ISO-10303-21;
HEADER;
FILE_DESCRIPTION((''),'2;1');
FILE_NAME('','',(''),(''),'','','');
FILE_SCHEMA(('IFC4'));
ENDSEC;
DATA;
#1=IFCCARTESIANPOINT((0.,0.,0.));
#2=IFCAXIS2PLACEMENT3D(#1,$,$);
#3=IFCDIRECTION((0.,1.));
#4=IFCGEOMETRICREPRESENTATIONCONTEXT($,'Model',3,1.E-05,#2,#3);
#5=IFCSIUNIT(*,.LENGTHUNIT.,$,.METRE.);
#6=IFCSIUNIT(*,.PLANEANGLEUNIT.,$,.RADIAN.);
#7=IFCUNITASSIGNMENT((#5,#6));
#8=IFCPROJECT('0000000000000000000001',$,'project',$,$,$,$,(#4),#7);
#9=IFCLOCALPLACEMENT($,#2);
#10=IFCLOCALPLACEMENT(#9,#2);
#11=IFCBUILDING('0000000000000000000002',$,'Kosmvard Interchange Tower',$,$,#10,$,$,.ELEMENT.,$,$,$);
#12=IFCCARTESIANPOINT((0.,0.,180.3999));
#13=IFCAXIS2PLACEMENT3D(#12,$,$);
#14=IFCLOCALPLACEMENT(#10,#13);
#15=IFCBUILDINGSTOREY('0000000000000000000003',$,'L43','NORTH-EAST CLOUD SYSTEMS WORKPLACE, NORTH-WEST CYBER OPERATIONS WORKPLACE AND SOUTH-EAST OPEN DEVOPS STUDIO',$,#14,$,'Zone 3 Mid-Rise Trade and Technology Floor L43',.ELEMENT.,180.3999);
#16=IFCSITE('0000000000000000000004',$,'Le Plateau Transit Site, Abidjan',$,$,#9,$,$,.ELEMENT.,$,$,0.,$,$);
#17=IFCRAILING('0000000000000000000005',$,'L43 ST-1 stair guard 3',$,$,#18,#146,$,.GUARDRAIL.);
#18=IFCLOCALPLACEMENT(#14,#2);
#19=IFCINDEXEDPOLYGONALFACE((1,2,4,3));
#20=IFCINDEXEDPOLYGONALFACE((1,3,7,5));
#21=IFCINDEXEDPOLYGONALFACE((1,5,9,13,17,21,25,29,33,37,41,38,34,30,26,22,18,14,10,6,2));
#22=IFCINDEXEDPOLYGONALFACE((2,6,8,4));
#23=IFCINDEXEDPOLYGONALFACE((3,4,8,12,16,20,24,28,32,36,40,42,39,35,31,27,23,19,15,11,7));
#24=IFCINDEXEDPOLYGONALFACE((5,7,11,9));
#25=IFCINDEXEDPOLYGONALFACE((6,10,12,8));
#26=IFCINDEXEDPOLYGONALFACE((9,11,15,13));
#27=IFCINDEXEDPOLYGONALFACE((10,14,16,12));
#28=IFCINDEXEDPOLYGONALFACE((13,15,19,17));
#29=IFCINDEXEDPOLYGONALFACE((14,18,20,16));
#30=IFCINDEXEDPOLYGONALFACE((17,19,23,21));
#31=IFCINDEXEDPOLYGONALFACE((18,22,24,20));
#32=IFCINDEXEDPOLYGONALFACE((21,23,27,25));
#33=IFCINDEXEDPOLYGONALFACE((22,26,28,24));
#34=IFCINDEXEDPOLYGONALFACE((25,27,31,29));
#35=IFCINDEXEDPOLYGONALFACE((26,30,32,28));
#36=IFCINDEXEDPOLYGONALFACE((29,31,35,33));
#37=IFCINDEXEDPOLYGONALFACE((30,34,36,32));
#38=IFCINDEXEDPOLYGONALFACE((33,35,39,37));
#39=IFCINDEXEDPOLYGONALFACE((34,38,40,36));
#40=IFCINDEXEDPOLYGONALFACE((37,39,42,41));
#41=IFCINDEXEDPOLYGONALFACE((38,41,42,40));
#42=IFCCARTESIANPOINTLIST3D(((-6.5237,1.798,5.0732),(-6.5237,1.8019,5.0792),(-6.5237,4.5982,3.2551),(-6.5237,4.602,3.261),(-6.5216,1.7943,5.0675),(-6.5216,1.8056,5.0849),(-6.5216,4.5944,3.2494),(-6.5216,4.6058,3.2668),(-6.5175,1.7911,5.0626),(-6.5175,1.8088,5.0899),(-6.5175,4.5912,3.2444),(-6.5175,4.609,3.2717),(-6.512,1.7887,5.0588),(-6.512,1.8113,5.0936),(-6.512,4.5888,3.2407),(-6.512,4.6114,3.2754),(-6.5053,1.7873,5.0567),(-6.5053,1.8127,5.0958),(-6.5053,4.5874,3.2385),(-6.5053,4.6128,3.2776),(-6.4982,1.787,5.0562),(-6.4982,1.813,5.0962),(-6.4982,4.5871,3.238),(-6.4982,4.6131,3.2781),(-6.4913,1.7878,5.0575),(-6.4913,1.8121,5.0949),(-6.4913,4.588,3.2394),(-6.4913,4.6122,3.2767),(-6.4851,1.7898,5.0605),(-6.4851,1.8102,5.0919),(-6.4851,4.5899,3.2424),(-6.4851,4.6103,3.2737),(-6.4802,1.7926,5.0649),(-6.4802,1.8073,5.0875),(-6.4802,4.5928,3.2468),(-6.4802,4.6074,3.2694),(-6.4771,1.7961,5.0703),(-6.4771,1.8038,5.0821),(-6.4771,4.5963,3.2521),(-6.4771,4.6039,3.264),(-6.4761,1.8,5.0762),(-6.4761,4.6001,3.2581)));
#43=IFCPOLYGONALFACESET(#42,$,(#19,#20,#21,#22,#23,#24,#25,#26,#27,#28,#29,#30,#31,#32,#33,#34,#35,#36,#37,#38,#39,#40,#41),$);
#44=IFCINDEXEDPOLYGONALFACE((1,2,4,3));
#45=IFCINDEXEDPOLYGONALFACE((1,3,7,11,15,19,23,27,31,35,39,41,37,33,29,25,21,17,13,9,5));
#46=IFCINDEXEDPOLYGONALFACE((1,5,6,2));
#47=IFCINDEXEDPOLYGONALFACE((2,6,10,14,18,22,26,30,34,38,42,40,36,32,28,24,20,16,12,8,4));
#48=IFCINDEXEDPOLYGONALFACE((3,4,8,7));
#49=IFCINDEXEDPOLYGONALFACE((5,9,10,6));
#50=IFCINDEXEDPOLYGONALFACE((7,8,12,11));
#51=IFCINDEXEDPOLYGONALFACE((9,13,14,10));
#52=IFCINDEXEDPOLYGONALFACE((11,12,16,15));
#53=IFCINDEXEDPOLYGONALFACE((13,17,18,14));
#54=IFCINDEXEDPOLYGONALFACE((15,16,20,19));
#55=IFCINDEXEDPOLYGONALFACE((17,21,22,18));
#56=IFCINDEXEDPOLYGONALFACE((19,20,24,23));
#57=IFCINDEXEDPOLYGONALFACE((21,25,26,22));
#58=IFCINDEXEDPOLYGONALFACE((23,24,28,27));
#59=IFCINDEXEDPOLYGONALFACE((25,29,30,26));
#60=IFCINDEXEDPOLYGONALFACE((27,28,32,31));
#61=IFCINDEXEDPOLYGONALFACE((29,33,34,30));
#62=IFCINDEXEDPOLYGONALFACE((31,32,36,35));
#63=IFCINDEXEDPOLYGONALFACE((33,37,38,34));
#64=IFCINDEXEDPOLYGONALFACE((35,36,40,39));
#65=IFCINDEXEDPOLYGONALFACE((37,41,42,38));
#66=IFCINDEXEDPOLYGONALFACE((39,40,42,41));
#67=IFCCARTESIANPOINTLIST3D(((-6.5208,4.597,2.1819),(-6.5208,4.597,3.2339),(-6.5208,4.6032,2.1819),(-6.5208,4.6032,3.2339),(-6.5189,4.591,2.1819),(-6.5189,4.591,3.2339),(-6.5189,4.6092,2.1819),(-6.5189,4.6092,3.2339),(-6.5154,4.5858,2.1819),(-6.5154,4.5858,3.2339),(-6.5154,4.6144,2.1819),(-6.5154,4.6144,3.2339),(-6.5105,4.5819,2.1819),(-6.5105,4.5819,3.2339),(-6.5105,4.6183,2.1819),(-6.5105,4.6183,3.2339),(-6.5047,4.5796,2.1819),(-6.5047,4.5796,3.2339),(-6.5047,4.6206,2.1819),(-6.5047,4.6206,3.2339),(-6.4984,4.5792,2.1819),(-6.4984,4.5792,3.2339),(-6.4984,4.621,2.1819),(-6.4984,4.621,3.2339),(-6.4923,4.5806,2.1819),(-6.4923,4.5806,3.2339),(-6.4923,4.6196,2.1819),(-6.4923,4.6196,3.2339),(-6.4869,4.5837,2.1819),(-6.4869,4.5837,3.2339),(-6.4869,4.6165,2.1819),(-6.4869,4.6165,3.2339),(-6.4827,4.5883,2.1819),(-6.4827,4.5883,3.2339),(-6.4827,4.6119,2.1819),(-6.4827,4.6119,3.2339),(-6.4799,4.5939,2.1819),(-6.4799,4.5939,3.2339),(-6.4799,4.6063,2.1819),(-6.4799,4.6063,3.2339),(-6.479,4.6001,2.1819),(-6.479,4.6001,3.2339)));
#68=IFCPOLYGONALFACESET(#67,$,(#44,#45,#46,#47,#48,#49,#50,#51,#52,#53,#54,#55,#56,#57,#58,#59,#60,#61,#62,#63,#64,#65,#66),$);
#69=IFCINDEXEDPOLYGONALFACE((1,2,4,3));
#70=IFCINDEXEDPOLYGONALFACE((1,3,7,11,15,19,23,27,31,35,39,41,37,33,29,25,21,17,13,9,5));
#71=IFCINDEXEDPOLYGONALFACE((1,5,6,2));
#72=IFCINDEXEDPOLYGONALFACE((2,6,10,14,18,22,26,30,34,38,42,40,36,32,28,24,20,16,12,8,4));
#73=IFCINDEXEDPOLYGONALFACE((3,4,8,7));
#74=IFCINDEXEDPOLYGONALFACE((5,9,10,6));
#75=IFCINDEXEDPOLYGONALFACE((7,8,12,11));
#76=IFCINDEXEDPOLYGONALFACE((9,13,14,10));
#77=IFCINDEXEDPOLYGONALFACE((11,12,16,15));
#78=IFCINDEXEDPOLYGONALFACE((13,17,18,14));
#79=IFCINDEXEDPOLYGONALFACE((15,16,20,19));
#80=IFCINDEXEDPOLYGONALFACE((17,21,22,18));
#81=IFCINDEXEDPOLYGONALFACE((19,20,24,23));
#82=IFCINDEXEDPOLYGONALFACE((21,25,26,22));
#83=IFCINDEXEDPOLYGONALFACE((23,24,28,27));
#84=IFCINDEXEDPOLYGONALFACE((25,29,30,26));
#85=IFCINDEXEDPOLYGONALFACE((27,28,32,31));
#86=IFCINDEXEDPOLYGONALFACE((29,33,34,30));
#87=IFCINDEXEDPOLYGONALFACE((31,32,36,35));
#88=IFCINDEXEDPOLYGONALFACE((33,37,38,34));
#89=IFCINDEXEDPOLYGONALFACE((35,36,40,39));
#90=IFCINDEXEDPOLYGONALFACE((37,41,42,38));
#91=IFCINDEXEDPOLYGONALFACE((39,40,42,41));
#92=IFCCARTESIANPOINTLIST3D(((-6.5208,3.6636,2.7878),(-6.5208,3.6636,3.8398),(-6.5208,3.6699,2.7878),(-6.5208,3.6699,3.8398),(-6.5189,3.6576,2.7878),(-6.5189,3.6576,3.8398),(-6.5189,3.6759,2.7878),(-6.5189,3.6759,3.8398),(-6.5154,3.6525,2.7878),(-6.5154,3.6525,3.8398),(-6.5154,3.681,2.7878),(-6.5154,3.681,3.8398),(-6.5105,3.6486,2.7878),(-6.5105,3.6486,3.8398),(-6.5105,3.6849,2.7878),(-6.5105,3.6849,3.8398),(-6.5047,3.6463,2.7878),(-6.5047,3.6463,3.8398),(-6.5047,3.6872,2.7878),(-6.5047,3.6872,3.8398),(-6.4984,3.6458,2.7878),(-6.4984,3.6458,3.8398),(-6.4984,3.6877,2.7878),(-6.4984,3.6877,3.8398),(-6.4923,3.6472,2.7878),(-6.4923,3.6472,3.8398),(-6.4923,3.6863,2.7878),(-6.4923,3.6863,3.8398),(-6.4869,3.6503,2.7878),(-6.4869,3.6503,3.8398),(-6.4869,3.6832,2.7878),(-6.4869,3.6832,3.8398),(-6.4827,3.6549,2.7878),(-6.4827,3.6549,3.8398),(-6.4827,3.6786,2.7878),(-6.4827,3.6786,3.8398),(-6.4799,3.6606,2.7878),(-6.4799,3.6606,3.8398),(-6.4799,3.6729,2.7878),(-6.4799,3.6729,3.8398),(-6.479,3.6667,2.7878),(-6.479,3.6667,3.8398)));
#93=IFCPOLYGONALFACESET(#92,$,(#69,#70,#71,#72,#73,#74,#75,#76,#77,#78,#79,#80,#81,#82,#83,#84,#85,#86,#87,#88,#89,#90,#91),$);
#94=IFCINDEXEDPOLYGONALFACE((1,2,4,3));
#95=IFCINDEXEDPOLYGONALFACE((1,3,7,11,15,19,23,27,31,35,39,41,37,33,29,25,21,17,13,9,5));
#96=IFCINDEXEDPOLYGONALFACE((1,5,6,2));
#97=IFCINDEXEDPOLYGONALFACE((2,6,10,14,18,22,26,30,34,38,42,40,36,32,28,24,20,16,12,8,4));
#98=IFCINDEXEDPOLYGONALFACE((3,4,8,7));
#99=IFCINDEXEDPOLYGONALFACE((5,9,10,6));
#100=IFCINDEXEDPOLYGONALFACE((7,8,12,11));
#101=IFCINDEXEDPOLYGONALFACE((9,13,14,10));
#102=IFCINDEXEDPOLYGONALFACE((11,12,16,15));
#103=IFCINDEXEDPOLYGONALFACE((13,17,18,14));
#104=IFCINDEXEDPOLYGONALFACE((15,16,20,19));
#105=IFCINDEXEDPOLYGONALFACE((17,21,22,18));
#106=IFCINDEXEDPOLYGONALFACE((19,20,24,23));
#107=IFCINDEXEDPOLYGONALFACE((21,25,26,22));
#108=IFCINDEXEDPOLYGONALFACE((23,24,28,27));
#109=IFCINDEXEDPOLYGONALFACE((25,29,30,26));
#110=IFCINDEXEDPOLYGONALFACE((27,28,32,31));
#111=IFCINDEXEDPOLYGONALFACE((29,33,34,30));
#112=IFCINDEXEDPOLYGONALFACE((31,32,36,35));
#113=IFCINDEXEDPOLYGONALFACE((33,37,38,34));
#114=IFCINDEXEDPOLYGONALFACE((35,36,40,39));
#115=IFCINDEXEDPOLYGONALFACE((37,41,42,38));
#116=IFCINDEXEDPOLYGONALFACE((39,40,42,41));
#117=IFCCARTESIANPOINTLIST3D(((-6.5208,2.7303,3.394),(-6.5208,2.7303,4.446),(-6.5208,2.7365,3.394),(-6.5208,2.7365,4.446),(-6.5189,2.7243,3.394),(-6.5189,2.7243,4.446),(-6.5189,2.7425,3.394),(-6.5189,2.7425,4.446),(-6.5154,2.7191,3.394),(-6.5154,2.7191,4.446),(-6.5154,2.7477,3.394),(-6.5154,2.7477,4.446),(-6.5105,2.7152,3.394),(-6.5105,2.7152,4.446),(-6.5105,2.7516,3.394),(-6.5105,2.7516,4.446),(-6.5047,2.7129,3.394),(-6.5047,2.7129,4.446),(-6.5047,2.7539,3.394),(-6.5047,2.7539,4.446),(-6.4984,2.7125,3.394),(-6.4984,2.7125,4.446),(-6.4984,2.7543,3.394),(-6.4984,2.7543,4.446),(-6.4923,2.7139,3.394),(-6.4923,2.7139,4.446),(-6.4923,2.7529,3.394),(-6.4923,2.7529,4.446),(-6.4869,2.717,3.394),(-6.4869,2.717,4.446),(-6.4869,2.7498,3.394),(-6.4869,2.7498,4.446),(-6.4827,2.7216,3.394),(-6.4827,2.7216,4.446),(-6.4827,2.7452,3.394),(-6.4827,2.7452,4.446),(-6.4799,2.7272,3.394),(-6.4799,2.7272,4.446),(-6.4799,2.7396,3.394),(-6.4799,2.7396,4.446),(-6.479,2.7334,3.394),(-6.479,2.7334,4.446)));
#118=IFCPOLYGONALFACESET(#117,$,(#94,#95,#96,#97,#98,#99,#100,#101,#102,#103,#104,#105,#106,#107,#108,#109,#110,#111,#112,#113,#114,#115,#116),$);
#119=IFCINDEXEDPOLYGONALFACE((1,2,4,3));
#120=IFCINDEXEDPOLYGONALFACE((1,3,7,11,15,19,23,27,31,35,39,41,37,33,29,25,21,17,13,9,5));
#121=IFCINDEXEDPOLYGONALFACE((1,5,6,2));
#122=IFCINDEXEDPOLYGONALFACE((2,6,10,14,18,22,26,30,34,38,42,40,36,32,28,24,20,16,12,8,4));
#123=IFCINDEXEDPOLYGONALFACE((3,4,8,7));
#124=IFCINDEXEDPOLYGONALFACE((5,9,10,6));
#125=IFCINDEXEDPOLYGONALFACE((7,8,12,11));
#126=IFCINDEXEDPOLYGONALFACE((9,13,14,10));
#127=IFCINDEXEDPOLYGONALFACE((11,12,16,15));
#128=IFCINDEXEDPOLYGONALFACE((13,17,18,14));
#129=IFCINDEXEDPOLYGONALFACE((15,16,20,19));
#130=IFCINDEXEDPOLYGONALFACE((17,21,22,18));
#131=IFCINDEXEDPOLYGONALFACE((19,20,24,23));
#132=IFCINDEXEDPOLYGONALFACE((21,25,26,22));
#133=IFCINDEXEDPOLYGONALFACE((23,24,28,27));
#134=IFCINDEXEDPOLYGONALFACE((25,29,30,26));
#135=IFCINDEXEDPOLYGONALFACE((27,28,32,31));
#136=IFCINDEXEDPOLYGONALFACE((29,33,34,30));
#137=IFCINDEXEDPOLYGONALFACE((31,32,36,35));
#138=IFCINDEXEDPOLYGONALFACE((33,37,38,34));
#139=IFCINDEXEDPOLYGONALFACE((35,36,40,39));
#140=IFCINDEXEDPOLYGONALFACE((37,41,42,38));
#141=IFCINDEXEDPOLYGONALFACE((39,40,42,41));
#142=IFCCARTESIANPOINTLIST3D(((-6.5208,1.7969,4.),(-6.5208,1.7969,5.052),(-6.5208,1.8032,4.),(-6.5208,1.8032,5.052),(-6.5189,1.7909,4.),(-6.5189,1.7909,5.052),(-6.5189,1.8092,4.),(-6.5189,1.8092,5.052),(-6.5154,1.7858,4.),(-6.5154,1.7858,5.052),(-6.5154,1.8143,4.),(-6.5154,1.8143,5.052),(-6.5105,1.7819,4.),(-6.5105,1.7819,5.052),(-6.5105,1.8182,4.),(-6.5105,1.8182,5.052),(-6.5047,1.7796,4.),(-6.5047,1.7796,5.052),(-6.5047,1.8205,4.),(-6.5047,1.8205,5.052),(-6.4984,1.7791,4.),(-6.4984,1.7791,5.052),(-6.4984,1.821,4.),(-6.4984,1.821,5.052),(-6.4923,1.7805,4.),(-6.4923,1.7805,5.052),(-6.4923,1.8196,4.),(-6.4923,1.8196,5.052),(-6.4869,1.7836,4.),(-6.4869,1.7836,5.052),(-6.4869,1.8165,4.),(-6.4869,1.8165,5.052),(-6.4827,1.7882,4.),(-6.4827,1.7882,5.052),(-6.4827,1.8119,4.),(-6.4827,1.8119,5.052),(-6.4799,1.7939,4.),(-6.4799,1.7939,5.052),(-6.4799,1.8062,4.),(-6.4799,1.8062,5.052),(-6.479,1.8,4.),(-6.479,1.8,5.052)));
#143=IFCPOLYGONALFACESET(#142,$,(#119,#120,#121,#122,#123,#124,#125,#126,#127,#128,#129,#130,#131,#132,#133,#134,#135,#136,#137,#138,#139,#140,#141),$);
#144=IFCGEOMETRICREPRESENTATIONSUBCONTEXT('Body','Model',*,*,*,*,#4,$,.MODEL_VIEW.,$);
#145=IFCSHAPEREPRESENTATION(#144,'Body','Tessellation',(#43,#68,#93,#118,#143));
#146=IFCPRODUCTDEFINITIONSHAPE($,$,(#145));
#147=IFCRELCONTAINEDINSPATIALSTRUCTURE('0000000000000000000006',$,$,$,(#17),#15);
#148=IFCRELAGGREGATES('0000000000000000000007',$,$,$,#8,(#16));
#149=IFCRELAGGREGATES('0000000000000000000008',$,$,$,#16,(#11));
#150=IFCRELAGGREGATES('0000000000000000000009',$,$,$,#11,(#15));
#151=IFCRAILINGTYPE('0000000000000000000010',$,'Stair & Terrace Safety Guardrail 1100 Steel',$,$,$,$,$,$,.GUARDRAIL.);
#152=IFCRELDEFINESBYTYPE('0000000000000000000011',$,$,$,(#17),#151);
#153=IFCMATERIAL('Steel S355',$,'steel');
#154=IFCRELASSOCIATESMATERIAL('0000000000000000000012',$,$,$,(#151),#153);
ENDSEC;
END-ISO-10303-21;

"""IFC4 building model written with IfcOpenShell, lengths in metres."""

from ifc_helpers import new_model, si_unit, direction, frame, origin, origin_2d, place, context, subcontext, project, spatial, circle, extrude, source, transform, mapped, material, type_object, element, save


model = new_model("IFC4")

# Units and contexts
model_context = context("Model", 3, precision=1e-05, world=origin(), true_north=direction((0.0, 1.0)))
body_context = subcontext(model_context, "Body", "Model", "MODEL_VIEW")
ifc_project = project(units=[si_unit("LENGTHUNIT", "METRE"), si_unit("PLANEANGLEUNIT", "RADIAN")], contexts=[model_context])

# Site, building, storey
site_placement = place(None, origin())
site = spatial("IfcSite", under=ifc_project, at=site_placement, Name="Le Plateau Transit Site, Abidjan", CompositionType="ELEMENT", RefElevation=0.0)
building_placement = place(site_placement, origin())
building = spatial("IfcBuilding", under=site, at=building_placement, Name="Kosmvard Interchange Tower", CompositionType="ELEMENT")
storey_placement = place(building_placement, frame((0.0, 0.0, 180.3999)))
storey = spatial("IfcBuildingStorey", under=building, at=storey_placement, Name="L43", Description="NORTH-EAST CLOUD SYSTEMS WORKPLACE, NORTH-WEST CYBER OPERATIONS WORKPLACE AND SOUTH-EAST OPEN DEVOPS STUDIO", LongName="Zone 3 Mid-Rise Trade and Technology Floor L43", CompositionType="ELEMENT", Elevation=180.3999)

# Shared definitions
ifc_material_1 = material(Name="Steel S355", Category="steel")

# Railing
railing_type_1 = type_object("IfcRailingType", Name="Stair & Terrace Safety Guardrail 1100 Steel", PredefinedType="GUARDRAIL", material=ifc_material_1)
shared_shape_1 = source(origin(), body_context, "Body", "SweptSolid", [
    extrude(circle(Radius=0.0239, at=origin_2d()), frame((0.0, 0.0, 1.0762), z_axis=(0.0, -0.838706, 0.544585), x_axis=(1.0, 0.0, 0.0)), (0.0, 0.0, 1.0), 3.3386),
    extrude(circle(Radius=0.021, at=origin_2d()), origin(), (0.0, 0.0, 1.0), 1.052),
    extrude(circle(Radius=0.021, at=origin_2d()), frame((0.0, -0.9333, 0.606)), (0.0, 0.0, 1.0), 1.052),
    extrude(circle(Radius=0.021, at=origin_2d()), frame((0.0, -1.8667, 1.2122)), (0.0, 0.0, 1.0), 1.052),
    extrude(circle(Radius=0.021, at=origin_2d()), frame((0.0, -2.8, 1.8181)), (0.0, 0.0, 1.0), 1.052),
])
railing_1_placement = place(storey_placement, frame((-6.5, 4.6001, 2.1819)))
element("IfcRailing", 1, at=railing_1_placement, inside=storey, type_object=railing_type_1, Name="L43 ST-1 stair guard 3", PredefinedType="GUARDRAIL", context=body_context, shape_type="MappedRepresentation", body=[
    mapped(shared_shape_1, transform((0.0, 0.0, 0.0), scale=1.0)),
])

save(model, "model.ifc")
